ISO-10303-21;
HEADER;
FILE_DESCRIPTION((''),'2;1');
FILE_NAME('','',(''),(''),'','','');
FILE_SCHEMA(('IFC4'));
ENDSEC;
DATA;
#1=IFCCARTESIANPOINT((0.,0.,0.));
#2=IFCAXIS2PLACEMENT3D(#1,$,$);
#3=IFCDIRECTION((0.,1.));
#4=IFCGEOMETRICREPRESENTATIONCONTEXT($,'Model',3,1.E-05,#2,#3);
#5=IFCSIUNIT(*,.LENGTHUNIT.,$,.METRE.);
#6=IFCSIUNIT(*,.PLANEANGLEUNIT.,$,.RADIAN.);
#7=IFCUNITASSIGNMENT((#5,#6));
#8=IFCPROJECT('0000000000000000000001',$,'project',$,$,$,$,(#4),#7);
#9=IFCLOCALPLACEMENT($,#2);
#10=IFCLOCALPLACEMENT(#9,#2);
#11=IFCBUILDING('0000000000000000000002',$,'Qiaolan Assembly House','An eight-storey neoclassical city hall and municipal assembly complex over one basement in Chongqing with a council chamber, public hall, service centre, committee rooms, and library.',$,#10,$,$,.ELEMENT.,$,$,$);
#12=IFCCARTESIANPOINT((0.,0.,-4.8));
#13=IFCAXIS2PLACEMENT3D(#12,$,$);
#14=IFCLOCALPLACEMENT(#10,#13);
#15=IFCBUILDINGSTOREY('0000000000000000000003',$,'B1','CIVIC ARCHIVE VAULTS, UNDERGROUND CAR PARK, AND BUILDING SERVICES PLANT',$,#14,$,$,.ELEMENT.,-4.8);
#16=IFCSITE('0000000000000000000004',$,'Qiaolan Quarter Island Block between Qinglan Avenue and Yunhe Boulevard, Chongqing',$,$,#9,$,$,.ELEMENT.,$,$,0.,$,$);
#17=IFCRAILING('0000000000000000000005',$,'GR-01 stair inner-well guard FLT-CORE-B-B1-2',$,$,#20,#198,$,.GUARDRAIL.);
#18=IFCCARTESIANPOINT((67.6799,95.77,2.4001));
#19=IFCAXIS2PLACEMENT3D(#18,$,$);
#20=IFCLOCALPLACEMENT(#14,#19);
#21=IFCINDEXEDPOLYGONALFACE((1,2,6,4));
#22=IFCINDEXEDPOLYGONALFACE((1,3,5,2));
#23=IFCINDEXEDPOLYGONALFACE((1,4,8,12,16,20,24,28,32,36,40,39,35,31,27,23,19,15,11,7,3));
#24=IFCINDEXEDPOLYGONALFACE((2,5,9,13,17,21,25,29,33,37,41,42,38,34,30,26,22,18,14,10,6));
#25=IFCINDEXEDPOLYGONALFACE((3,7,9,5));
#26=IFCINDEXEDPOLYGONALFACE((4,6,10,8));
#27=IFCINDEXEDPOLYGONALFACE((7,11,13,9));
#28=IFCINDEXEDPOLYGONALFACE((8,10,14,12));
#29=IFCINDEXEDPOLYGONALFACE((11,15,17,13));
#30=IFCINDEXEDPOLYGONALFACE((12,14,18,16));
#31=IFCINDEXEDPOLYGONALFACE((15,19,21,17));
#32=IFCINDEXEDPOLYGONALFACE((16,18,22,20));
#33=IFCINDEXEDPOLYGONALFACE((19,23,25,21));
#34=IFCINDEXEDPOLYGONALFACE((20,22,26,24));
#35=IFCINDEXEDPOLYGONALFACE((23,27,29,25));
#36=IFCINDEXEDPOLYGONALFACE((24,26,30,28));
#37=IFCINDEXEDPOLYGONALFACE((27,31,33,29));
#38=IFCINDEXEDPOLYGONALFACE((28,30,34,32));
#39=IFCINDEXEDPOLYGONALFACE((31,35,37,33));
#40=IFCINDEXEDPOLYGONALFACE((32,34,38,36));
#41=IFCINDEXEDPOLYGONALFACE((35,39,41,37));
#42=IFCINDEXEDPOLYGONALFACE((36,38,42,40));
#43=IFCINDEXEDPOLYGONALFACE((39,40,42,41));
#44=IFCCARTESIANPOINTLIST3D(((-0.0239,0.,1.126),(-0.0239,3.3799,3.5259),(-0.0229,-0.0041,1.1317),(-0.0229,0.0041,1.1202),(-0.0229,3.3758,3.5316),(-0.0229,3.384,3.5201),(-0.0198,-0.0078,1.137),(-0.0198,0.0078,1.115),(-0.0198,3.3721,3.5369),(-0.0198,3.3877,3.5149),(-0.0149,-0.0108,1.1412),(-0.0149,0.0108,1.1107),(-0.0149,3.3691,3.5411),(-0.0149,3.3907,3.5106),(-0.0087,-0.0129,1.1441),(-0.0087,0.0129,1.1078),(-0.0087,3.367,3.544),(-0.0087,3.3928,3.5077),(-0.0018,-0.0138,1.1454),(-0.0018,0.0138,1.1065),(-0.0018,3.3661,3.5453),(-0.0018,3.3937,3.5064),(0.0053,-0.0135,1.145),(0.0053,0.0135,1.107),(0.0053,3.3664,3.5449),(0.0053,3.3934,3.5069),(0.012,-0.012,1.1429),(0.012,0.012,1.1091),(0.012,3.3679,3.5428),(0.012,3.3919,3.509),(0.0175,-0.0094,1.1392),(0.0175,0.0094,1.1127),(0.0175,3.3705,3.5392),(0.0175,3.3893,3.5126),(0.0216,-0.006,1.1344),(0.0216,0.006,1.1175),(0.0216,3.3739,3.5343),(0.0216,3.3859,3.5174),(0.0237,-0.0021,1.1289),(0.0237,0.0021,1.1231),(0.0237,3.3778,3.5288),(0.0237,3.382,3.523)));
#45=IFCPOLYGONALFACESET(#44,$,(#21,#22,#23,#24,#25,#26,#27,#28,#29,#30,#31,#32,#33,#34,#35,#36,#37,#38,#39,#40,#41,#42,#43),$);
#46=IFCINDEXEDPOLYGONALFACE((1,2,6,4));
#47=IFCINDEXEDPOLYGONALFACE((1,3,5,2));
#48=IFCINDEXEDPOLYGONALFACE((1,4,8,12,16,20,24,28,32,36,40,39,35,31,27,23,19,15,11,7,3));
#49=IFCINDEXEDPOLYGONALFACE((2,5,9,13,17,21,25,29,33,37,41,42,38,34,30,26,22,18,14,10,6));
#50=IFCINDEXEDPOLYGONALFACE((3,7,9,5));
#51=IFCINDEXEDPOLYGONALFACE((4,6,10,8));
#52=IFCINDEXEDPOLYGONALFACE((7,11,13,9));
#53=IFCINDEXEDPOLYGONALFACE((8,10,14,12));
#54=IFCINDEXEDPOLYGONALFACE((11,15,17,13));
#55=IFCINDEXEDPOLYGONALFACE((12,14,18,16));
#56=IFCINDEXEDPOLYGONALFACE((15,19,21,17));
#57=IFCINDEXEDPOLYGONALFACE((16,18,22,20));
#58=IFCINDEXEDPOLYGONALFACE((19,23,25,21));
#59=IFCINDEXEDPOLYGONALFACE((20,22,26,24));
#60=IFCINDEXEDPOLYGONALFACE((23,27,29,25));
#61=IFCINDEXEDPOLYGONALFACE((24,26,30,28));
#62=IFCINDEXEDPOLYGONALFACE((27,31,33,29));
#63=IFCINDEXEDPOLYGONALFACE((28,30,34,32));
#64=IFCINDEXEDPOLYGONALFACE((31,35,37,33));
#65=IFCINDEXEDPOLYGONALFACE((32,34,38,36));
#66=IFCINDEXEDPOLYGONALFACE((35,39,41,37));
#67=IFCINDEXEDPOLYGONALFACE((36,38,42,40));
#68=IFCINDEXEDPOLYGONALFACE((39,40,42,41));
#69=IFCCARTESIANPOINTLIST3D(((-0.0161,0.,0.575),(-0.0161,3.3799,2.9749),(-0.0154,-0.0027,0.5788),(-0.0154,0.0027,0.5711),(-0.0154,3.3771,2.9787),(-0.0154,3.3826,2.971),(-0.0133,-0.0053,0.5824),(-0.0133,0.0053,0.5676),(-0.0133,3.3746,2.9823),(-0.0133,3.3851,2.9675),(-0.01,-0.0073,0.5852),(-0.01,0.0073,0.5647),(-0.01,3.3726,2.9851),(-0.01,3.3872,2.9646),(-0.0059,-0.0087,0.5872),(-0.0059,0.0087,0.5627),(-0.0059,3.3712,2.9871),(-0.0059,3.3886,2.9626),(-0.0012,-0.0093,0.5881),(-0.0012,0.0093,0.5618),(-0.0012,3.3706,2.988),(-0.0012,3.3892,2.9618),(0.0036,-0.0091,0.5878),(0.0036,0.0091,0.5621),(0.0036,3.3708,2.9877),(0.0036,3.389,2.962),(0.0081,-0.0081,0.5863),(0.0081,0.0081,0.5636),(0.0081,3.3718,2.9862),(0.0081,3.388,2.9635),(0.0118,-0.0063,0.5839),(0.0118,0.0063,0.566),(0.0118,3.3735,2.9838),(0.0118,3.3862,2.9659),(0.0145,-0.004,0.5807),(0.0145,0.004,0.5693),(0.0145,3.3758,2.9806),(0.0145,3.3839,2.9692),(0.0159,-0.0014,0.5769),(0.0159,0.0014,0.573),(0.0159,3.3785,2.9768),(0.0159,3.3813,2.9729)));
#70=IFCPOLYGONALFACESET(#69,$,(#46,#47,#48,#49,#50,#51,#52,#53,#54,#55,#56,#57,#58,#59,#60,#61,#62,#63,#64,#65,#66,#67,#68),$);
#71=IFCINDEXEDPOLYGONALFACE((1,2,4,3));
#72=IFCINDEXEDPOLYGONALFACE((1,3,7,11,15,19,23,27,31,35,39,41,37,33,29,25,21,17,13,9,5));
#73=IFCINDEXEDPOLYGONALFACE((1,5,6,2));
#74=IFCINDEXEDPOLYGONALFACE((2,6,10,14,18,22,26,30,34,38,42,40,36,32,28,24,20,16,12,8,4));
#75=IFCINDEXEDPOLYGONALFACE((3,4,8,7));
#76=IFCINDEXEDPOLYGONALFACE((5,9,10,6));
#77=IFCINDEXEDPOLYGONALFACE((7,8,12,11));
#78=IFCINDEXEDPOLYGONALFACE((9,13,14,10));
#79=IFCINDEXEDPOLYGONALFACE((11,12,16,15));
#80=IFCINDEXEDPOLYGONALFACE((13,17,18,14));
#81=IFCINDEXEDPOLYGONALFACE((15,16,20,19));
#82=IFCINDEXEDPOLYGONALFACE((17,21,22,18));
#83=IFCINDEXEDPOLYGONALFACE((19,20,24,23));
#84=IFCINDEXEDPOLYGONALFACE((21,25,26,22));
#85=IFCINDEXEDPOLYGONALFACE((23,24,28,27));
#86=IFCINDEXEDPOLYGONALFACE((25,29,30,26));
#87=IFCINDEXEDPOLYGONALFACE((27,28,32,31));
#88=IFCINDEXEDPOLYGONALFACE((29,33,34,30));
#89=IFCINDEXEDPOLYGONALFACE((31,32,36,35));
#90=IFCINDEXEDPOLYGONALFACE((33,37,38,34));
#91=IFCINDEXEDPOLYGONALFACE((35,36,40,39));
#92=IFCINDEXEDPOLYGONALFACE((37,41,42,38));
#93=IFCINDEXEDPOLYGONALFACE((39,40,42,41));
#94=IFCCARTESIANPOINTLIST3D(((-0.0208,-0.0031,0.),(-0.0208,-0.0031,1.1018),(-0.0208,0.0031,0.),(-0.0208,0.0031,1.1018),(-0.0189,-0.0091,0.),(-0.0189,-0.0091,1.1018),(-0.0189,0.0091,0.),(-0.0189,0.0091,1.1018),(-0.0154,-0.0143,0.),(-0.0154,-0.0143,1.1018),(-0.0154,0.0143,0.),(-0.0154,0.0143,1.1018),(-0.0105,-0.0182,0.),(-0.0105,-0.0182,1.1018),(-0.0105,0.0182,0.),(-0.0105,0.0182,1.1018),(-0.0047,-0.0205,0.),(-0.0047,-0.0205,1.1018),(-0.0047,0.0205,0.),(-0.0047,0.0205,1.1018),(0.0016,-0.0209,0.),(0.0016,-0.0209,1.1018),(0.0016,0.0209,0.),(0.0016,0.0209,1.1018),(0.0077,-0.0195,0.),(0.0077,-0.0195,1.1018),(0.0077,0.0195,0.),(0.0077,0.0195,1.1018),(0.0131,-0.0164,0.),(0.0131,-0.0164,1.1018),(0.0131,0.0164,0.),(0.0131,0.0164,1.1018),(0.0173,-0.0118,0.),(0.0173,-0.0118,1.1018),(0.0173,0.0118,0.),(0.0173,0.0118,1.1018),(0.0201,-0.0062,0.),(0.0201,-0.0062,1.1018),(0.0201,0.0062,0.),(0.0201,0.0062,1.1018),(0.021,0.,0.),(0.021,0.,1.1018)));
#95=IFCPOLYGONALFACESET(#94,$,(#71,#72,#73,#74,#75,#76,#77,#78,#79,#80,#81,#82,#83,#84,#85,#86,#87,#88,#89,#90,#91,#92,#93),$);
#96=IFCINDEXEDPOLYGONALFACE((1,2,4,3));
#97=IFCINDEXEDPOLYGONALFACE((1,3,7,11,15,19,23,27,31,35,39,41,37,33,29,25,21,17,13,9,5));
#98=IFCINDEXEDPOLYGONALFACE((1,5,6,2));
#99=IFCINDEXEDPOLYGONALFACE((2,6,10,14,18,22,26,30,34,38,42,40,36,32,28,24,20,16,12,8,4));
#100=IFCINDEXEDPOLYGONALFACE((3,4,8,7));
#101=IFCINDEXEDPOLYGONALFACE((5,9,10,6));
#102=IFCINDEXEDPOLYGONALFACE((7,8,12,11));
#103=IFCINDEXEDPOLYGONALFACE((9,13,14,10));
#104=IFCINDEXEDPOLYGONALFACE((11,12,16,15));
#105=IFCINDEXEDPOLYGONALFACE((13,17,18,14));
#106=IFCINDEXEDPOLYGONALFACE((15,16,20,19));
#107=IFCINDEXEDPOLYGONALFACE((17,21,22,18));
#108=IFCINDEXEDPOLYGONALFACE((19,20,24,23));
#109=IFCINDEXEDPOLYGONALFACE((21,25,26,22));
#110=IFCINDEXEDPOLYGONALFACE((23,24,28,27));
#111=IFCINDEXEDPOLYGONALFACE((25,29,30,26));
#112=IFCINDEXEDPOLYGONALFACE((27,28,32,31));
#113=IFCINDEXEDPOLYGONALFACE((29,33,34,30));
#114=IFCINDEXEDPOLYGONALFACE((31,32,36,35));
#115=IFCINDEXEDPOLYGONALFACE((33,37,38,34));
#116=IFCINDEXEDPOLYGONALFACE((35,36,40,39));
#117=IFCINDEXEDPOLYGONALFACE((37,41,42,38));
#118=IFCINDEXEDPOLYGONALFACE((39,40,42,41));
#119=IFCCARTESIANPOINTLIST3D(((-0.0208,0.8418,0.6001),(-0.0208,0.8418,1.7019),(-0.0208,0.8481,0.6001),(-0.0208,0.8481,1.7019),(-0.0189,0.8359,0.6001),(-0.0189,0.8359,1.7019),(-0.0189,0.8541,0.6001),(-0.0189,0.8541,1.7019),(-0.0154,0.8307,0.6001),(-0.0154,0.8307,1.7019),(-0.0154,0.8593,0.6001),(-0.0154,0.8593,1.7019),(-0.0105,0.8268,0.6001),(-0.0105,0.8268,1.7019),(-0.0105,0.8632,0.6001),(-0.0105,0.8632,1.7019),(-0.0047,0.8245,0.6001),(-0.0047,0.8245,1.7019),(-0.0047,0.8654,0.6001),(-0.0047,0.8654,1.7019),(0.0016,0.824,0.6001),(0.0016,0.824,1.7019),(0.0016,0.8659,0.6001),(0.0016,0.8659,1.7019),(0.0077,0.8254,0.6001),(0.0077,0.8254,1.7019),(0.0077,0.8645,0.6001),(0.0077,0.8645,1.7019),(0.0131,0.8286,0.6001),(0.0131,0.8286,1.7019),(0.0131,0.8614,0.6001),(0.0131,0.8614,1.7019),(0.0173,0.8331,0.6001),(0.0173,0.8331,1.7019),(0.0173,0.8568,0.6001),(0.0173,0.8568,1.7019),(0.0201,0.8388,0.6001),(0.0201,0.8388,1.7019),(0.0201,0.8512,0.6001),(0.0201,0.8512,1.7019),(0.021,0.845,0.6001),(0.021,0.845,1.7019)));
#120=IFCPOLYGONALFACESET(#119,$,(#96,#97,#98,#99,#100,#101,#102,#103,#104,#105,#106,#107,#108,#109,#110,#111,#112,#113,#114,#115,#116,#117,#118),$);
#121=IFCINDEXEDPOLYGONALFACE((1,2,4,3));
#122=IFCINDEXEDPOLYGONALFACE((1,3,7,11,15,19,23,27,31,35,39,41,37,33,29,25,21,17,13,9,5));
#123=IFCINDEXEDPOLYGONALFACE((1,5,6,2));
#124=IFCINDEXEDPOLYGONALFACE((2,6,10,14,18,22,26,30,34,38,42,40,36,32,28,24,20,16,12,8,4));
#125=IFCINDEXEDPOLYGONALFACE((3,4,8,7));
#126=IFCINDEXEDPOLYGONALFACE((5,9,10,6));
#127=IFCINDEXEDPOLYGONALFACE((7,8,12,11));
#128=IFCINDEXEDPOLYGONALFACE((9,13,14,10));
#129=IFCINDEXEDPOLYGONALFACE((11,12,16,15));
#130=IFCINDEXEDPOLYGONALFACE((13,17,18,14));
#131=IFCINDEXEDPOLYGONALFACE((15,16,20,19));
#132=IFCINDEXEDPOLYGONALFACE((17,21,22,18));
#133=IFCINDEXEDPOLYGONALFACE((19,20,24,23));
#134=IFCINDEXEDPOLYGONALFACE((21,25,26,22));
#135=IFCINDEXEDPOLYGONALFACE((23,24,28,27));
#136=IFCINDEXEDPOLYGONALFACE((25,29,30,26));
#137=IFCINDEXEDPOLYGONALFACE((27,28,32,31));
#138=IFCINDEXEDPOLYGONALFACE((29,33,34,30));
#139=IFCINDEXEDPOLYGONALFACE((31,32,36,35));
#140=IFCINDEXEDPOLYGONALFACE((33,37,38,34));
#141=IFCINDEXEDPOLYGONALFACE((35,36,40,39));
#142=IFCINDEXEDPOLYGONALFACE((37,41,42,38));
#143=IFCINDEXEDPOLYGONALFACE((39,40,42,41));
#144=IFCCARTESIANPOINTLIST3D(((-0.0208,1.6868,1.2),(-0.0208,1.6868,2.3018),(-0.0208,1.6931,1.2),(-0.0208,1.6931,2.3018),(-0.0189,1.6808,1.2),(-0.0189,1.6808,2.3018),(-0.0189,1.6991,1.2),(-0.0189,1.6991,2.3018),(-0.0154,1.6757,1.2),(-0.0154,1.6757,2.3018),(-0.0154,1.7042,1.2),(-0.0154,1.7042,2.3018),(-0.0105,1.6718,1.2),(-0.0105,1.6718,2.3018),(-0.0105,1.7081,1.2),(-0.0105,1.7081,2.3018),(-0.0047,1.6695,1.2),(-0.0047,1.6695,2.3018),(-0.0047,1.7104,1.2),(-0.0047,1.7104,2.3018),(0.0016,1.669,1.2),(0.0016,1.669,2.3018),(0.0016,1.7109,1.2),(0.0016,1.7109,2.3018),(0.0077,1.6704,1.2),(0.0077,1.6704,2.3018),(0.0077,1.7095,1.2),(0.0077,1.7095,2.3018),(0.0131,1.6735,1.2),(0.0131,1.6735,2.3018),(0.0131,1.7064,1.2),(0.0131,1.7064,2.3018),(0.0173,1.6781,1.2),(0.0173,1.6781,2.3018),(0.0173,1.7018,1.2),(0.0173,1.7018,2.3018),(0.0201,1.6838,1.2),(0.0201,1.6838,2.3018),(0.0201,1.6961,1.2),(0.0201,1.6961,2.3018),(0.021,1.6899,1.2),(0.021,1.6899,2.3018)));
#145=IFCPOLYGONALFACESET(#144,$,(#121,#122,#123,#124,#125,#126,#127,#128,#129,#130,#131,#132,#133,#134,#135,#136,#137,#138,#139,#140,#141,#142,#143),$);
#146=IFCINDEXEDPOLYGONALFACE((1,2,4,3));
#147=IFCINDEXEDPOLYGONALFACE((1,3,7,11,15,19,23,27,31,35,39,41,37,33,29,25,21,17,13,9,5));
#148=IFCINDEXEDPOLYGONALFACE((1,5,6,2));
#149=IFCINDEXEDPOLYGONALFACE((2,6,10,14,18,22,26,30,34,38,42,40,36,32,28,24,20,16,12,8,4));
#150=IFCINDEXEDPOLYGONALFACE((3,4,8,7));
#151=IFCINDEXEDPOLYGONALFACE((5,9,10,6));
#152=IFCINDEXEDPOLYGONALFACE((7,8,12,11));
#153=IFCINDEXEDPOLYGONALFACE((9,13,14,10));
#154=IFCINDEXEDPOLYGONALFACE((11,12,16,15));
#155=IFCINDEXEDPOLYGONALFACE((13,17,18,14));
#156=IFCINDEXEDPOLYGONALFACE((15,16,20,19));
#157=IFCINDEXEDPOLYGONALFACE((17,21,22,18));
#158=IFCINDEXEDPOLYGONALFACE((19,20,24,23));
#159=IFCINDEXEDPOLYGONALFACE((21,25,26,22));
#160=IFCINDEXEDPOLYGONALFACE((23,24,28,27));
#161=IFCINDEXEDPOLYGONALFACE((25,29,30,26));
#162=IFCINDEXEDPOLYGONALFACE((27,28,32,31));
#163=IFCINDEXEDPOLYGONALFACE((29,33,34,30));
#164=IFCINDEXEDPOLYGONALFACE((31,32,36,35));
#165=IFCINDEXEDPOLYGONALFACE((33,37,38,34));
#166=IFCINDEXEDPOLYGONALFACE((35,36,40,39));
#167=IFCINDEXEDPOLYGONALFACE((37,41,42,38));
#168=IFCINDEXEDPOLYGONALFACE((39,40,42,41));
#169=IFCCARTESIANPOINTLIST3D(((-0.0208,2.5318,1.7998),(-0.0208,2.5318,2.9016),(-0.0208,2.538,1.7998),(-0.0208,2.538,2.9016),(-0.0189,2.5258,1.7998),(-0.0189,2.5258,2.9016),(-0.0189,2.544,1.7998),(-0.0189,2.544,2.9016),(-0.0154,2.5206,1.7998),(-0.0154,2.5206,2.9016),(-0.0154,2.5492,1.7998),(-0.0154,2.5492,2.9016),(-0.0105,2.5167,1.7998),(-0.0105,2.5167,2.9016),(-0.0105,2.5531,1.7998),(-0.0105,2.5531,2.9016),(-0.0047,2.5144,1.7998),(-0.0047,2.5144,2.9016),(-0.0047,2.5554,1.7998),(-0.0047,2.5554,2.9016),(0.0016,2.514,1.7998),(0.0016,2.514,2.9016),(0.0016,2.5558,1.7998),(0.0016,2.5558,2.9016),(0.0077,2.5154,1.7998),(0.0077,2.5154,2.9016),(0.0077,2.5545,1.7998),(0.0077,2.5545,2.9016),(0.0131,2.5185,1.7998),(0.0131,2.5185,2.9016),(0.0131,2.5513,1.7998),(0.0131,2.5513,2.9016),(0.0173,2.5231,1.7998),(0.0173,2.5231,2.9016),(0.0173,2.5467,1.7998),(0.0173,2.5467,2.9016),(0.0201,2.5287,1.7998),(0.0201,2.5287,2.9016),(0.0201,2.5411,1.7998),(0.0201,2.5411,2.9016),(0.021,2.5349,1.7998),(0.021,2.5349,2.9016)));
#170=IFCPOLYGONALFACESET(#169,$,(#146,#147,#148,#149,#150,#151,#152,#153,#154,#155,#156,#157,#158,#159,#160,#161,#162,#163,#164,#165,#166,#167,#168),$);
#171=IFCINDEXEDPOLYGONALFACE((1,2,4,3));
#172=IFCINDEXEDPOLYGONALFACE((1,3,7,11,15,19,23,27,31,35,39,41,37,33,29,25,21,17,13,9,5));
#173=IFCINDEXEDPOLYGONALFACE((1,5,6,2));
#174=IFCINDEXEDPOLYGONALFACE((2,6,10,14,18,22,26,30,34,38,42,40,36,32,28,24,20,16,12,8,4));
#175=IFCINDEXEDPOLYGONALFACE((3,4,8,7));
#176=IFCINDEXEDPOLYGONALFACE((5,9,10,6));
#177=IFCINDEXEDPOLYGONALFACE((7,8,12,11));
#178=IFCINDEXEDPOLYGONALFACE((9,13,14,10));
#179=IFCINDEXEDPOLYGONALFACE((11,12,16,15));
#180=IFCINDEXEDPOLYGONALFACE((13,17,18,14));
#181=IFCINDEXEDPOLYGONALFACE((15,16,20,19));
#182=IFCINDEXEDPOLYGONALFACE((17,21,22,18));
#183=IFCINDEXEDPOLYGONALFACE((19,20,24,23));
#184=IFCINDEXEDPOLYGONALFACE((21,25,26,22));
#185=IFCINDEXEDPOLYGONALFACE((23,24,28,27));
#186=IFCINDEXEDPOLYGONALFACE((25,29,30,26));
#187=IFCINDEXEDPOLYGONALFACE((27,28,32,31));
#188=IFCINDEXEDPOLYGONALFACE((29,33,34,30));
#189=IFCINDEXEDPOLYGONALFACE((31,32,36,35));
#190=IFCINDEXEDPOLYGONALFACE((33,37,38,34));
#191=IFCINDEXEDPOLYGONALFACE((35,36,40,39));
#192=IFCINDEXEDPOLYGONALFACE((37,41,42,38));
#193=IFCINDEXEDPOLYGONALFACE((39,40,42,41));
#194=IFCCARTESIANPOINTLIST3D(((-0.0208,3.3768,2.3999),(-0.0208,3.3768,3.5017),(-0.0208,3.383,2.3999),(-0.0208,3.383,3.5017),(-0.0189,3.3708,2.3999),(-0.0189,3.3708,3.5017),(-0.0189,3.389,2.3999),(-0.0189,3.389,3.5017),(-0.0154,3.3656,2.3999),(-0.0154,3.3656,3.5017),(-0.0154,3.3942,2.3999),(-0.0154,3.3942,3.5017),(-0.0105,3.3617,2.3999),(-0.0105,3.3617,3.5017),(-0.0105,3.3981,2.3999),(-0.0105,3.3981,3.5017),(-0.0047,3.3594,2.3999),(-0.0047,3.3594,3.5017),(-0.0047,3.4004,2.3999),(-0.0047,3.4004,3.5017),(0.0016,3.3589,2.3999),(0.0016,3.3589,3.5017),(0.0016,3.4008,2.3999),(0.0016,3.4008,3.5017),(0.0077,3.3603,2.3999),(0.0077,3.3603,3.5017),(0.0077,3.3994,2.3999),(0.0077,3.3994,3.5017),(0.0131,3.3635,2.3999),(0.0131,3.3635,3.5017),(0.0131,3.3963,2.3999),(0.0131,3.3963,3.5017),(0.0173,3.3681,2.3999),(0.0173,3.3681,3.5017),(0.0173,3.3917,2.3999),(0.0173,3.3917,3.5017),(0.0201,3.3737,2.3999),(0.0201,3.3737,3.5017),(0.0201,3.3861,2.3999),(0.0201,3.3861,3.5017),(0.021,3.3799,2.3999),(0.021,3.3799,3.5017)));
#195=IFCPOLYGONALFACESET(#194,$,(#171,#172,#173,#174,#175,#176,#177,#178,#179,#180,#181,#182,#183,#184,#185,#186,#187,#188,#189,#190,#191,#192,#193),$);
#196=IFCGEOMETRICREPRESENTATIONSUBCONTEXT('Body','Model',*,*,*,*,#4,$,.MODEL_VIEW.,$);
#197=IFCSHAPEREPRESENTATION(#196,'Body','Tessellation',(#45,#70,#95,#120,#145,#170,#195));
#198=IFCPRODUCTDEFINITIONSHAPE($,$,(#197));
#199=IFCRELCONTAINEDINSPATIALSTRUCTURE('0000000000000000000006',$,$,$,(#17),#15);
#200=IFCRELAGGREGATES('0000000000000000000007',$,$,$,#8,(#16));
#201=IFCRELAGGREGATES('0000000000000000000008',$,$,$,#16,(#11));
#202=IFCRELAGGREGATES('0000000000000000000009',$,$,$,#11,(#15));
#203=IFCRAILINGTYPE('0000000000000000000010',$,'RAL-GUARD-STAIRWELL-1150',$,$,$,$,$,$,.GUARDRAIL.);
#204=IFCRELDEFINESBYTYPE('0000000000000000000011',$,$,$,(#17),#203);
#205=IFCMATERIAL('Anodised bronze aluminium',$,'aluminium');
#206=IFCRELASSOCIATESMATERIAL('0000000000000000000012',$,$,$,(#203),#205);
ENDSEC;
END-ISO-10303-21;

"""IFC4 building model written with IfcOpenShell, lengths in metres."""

from ifc_helpers import new_model, si_unit, direction, frame, origin, origin_2d, place, context, subcontext, project, spatial, circle, extrude, material, type_object, element, save


model = new_model("IFC4")

# Units and contexts
model_context = context("Model", 3, precision=1e-05, world=origin(), true_north=direction((0.0, 1.0)))
body_context = subcontext(model_context, "Body", "Model", "MODEL_VIEW")
ifc_project = project(units=[si_unit("LENGTHUNIT", "METRE"), si_unit("PLANEANGLEUNIT", "RADIAN")], contexts=[model_context])

# Site, building, storey
site_placement = place(None, origin())
site = spatial("IfcSite", under=ifc_project, at=site_placement, Name="Qiaolan Quarter Island Block between Qinglan Avenue and Yunhe Boulevard, Chongqing", CompositionType="ELEMENT", RefElevation=0.0)
building_placement = place(site_placement, origin())
building = spatial("IfcBuilding", under=site, at=building_placement, Name="Qiaolan Assembly House", Description="An eight-storey neoclassical city hall and municipal assembly complex over one basement in Chongqing with a council chamber, public hall, service centre, committee rooms, and library.", CompositionType="ELEMENT")
storey_placement = place(building_placement, frame((0.0, 0.0, -4.8)))
storey = spatial("IfcBuildingStorey", under=building, at=storey_placement, Name="B1", Description="CIVIC ARCHIVE VAULTS, UNDERGROUND CAR PARK, AND BUILDING SERVICES PLANT", CompositionType="ELEMENT", Elevation=-4.8)

# Shared definitions
ifc_material_1 = material(Name="Anodised bronze aluminium", Category="aluminium")

# Railing
railing_type_1 = type_object("IfcRailingType", Name="RAL-GUARD-STAIRWELL-1150", PredefinedType="GUARDRAIL", material=ifc_material_1)
railing_1_placement = place(storey_placement, frame((67.6799, 95.77, 2.4001)))
element("IfcRailing", 1, at=railing_1_placement, inside=storey, type_object=railing_type_1, Name="GR-01 stair inner-well guard FLT-CORE-B-B1-2", PredefinedType="GUARDRAIL", context=body_context, shape_type="SweptSolid", body=[
    extrude(circle(Radius=0.0239, at=origin_2d()), frame((0.0, 0.0, 1.126), z_axis=(0.0, 0.815362, 0.578952), x_axis=(-1.0, 0.0, 0.0)), (0.0, 0.0, 1.0), 4.1453),
    extrude(circle(Radius=0.0161, at=origin_2d()), frame((0.0, 0.0, 0.575), z_axis=(0.0, 0.815362, 0.578952), x_axis=(-1.0, 0.0, 0.0)), (0.0, 0.0, 1.0), 4.1453),
    extrude(circle(Radius=0.021, at=origin_2d()), origin(), (0.0, 0.0, 1.0), 1.1018),
    extrude(circle(Radius=0.021, at=origin_2d()), frame((0.0, 0.845, 0.6001)), (0.0, 0.0, 1.0), 1.1018),
    extrude(circle(Radius=0.021, at=origin_2d()), frame((0.0, 1.6899, 1.2)), (0.0, 0.0, 1.0), 1.1018),
    extrude(circle(Radius=0.021, at=origin_2d()), frame((0.0, 2.5349, 1.7998)), (0.0, 0.0, 1.0), 1.1018),
    extrude(circle(Radius=0.021, at=origin_2d()), frame((0.0, 3.3799, 2.3999)), (0.0, 0.0, 1.0), 1.1018),
])

save(model, "model.ifc")
